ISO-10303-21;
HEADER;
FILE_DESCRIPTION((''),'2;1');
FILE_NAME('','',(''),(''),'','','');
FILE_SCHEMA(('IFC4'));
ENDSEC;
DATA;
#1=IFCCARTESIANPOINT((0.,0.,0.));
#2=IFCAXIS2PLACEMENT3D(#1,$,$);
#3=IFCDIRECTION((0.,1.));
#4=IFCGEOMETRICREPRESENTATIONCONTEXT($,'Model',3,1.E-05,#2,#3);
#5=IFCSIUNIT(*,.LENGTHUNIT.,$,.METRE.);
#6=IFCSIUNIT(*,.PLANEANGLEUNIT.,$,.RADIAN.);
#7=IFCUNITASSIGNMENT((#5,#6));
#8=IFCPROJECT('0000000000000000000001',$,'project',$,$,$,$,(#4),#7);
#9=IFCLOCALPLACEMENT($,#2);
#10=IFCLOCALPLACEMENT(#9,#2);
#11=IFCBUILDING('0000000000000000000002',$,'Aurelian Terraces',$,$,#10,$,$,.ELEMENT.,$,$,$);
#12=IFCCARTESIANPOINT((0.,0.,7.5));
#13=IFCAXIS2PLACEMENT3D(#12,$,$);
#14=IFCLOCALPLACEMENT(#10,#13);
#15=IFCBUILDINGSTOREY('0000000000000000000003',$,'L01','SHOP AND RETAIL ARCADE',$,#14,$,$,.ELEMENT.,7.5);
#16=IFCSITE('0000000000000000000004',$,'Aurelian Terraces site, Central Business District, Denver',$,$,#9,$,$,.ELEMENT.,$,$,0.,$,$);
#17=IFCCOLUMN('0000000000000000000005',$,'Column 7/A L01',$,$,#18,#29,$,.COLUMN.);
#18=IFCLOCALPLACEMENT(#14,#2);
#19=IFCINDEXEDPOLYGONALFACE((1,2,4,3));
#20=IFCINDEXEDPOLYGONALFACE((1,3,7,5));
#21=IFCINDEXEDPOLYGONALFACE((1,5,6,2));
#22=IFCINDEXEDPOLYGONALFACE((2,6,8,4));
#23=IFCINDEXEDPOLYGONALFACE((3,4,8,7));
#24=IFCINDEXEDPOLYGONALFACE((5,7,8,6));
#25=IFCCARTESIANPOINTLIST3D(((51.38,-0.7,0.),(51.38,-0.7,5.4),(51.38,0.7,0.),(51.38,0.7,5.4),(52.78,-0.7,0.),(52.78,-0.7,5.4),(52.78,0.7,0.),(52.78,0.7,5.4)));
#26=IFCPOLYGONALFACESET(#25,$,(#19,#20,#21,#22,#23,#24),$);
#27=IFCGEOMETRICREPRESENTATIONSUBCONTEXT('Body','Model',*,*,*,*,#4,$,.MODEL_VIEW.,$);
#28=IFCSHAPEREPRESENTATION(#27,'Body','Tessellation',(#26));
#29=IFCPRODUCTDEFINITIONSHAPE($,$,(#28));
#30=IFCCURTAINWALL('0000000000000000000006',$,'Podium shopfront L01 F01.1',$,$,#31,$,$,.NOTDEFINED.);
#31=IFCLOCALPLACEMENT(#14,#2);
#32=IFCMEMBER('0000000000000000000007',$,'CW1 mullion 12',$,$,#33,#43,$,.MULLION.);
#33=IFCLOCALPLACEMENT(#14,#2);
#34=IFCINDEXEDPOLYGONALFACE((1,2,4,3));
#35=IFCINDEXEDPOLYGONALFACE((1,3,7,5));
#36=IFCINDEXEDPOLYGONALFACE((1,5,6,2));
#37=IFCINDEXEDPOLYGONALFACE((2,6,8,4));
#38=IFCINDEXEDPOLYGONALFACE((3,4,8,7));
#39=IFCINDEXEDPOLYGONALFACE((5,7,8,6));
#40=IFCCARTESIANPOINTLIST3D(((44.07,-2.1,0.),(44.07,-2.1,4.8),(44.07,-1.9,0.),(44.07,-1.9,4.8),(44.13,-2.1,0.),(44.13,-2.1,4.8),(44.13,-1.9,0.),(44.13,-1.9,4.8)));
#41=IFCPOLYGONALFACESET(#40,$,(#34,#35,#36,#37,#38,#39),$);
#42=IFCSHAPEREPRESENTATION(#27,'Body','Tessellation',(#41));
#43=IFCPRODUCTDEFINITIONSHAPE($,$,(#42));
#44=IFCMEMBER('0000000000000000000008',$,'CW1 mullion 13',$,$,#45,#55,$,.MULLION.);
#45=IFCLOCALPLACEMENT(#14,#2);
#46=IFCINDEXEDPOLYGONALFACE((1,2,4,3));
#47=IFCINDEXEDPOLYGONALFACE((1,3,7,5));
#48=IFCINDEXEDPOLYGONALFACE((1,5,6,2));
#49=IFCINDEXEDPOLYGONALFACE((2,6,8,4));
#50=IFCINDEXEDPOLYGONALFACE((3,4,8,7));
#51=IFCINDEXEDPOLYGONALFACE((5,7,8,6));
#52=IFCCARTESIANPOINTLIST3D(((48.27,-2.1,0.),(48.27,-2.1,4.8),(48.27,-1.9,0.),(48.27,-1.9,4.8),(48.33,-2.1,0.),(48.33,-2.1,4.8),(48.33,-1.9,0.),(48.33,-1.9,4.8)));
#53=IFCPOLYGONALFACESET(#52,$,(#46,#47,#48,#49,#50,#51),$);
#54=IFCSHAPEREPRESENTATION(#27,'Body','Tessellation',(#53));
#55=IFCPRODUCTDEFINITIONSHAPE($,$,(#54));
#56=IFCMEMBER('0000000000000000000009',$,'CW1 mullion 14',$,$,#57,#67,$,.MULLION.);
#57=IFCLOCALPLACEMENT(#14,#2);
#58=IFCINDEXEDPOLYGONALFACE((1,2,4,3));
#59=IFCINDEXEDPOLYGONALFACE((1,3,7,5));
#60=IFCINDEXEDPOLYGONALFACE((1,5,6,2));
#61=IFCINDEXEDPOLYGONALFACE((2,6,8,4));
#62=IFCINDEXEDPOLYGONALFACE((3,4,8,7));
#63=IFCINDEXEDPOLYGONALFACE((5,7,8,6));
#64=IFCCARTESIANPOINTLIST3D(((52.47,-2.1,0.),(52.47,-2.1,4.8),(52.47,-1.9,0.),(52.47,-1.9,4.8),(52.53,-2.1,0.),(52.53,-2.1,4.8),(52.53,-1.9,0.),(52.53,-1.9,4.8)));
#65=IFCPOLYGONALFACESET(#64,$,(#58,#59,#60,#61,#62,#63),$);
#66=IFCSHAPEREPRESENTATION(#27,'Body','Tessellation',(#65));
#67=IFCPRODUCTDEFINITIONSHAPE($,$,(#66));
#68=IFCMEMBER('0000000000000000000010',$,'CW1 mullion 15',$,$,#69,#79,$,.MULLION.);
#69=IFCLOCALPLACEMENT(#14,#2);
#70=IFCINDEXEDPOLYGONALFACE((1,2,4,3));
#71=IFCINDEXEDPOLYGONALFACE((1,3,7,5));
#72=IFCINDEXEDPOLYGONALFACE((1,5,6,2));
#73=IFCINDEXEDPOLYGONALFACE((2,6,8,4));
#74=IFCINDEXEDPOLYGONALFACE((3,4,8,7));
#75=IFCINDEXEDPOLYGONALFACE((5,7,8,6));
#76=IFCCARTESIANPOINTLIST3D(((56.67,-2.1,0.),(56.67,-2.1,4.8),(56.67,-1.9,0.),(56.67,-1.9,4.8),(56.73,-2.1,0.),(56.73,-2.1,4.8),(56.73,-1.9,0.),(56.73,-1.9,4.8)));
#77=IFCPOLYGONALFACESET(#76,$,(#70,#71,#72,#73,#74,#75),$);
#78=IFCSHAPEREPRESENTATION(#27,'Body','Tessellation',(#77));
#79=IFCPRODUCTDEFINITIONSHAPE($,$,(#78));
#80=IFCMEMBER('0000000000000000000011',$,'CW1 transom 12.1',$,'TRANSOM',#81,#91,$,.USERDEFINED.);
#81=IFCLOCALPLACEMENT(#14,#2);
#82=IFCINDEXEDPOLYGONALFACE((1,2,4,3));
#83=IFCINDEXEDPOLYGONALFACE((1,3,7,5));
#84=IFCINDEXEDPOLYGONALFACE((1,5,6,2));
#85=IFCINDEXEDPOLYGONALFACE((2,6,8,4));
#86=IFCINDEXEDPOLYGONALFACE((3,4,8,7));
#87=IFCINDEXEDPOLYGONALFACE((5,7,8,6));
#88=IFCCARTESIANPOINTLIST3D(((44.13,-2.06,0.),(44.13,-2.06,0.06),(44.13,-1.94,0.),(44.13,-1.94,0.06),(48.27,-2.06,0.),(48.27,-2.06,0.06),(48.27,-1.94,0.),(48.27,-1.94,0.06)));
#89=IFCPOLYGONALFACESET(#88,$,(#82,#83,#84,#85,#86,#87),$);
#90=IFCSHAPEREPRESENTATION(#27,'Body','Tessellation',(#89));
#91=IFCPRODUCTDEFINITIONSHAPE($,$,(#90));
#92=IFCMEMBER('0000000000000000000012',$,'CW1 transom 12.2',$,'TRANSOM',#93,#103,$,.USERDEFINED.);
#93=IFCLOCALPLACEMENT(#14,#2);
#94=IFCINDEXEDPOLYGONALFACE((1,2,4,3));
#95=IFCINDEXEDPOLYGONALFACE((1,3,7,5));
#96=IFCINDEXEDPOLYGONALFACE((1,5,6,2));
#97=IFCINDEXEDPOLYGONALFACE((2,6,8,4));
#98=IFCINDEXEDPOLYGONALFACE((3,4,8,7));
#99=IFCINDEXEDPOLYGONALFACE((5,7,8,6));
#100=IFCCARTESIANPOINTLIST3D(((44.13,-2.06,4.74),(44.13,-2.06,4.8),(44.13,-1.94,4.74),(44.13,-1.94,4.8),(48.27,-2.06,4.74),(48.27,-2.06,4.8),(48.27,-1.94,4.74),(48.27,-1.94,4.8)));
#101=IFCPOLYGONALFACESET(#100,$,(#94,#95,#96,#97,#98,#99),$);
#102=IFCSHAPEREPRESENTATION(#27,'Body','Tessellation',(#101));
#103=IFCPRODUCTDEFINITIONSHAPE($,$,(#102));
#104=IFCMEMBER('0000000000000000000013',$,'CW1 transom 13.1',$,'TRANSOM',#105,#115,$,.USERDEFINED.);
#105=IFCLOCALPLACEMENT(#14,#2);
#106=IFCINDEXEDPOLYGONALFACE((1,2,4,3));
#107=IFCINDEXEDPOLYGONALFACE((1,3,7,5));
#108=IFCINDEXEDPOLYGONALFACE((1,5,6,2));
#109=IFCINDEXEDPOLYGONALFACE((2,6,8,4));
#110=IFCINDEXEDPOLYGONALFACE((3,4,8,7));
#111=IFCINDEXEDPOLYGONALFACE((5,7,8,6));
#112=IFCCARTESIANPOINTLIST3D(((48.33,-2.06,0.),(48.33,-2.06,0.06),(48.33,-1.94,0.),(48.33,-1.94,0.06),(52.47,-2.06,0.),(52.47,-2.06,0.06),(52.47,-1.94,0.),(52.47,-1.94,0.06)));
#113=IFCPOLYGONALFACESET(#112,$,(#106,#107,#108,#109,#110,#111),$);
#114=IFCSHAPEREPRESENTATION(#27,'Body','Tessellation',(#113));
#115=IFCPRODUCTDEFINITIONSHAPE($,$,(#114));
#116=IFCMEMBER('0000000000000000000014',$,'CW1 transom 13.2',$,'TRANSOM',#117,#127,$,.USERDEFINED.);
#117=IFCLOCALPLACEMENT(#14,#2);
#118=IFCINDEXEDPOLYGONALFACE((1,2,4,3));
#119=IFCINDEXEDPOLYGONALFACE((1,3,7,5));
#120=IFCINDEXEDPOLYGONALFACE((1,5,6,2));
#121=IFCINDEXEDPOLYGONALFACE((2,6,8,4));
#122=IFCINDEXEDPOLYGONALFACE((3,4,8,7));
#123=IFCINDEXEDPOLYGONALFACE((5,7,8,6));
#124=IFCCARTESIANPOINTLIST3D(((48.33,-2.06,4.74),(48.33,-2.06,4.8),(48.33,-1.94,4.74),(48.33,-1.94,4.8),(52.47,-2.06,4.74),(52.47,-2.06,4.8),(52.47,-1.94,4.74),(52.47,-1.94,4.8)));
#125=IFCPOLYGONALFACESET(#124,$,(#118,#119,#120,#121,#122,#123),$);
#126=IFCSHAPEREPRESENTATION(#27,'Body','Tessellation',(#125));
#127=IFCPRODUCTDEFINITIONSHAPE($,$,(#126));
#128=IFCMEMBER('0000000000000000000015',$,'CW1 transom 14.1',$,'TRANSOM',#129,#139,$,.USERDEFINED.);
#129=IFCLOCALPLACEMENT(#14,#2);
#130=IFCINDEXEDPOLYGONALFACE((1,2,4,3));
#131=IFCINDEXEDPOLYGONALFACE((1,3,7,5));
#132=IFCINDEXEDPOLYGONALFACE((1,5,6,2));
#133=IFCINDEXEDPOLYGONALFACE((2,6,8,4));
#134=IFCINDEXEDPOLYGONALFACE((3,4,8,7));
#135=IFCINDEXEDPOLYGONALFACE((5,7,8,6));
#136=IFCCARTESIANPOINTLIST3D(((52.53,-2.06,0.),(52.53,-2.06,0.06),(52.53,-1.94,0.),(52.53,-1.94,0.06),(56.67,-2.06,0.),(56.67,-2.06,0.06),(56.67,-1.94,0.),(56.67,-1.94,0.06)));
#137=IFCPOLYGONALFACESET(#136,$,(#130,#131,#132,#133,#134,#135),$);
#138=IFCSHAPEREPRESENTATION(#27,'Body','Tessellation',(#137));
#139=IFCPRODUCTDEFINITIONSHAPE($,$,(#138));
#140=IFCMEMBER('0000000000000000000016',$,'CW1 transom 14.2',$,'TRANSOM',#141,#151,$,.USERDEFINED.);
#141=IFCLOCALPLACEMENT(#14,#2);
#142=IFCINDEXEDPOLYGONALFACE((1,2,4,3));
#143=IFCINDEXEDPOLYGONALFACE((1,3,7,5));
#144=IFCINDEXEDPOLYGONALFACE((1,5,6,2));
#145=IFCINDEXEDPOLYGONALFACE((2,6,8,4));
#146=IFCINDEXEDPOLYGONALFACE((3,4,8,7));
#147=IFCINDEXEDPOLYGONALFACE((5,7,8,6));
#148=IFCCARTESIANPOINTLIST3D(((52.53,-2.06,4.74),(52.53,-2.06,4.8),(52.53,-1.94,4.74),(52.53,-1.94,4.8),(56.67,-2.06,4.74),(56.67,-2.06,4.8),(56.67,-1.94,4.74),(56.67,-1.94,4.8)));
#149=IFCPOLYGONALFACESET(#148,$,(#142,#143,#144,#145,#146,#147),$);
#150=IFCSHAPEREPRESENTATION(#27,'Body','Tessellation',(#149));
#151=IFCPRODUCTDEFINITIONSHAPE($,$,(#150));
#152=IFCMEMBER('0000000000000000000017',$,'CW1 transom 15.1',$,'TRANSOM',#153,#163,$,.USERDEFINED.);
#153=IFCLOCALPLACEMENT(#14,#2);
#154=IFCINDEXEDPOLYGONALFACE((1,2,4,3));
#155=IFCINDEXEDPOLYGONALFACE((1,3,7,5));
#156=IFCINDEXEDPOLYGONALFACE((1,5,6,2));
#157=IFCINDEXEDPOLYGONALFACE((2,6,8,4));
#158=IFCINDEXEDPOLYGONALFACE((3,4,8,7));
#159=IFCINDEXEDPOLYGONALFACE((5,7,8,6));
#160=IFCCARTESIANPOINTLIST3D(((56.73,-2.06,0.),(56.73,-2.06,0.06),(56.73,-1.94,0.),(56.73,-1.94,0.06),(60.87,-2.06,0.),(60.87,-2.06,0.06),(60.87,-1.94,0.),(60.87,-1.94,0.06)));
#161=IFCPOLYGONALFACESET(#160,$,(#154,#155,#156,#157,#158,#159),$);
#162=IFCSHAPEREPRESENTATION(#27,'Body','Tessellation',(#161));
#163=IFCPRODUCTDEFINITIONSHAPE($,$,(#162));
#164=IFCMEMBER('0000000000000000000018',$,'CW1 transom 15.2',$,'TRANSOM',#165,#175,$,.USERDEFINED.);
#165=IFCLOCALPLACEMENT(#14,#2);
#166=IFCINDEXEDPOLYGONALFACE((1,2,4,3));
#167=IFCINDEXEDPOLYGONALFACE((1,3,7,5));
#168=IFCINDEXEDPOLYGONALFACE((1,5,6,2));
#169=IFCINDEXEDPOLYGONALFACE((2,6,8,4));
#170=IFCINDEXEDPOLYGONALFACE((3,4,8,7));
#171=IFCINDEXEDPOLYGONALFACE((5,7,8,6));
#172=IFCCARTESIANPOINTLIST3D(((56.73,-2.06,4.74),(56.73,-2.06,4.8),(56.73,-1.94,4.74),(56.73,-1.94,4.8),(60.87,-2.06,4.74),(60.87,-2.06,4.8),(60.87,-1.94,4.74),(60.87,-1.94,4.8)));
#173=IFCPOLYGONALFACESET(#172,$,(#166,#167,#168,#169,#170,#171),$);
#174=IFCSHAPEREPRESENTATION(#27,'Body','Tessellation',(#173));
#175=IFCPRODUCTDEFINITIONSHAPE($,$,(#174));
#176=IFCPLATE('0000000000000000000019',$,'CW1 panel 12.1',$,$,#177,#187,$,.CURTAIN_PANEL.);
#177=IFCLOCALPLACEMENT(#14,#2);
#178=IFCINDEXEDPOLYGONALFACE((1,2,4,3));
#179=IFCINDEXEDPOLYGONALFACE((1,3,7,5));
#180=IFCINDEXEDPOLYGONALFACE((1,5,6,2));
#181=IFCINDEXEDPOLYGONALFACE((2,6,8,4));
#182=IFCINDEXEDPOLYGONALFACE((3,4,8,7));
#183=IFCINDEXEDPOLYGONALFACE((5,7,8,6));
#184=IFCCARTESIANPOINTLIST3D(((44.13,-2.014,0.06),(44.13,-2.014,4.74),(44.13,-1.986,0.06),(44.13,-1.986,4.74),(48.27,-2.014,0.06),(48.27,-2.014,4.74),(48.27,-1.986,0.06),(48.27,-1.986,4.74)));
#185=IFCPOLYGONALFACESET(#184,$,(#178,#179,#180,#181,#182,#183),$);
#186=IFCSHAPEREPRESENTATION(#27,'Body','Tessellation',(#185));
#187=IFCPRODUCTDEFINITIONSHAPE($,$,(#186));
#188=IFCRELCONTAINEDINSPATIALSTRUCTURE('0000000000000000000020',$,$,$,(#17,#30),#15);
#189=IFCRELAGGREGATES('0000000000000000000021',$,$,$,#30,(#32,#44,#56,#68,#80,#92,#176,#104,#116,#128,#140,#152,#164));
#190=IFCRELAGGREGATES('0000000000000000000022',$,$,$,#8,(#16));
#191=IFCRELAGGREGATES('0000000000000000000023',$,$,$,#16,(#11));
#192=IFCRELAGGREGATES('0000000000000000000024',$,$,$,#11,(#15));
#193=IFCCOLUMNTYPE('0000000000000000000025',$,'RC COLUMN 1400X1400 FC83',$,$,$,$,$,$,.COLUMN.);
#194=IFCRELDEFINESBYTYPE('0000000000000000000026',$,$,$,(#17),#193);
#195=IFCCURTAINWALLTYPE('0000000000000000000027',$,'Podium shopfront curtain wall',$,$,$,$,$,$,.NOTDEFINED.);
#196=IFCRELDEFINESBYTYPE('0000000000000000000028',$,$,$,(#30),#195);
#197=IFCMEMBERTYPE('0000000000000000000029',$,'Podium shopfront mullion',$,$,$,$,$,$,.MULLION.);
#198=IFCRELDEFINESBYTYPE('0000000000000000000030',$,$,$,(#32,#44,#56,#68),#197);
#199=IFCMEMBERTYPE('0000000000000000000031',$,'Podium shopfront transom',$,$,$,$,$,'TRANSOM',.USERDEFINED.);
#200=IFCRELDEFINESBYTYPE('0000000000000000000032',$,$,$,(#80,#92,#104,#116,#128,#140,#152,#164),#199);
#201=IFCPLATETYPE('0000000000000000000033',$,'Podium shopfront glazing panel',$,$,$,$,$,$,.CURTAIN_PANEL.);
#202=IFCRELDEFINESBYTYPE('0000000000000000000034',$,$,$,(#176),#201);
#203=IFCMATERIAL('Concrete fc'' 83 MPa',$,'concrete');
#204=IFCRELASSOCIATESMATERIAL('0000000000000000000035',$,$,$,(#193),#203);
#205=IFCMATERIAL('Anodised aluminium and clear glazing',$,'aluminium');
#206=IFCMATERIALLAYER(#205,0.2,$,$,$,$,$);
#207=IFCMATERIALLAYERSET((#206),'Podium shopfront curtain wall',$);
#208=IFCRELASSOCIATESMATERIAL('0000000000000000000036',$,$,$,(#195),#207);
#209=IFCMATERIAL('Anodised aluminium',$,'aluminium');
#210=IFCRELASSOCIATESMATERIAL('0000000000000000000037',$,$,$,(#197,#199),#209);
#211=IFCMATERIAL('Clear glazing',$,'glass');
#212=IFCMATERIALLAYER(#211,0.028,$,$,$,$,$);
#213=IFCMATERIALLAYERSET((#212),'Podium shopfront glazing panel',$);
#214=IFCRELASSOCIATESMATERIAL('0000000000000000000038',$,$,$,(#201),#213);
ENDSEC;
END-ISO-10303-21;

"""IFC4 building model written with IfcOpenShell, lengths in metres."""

from ifc_helpers import new_model, si_unit, direction, frame, origin, origin_2d, place, context, subcontext, project, spatial, rectangle, extrude, source, transform, mapped, material, layer, layer_set, material_profile, profile_set, type_object, element, aggregate, save


model = new_model("IFC4")

# Units and contexts
model_context = context("Model", 3, precision=1e-05, world=origin(), true_north=direction((0.0, 1.0)))
body_context = subcontext(model_context, "Body", "Model", "MODEL_VIEW")
ifc_project = project(units=[si_unit("LENGTHUNIT", "METRE"), si_unit("PLANEANGLEUNIT", "RADIAN")], contexts=[model_context])

# Site, building, storey
site_placement = place(None, origin())
site = spatial("IfcSite", under=ifc_project, at=site_placement, Name="Aurelian Terraces site, Central Business District, Denver", CompositionType="ELEMENT", RefElevation=0.0)
building_placement = place(site_placement, origin())
building = spatial("IfcBuilding", under=site, at=building_placement, Name="Aurelian Terraces", CompositionType="ELEMENT")
storey_placement = place(building_placement, frame((0.0, 0.0, 7.5)))
storey = spatial("IfcBuildingStorey", under=building, at=storey_placement, Name="L01", Description="SHOP AND RETAIL ARCADE", CompositionType="ELEMENT", Elevation=7.5)

# Column
ifc_material_1 = material(Name="Concrete fc' 83 MPa", Category="concrete")
ifc_material_profile_1 = material_profile(ifc_material_1, rectangle(XDim=1.4, YDim=1.4, at=origin_2d()))
ifc_profile_set_1 = profile_set([ifc_material_profile_1], Name="Concrete fc' 83 MPa")
column_type = type_object("IfcColumnType", Name="RC COLUMN 1400X1400 FC83", PredefinedType="COLUMN", material=ifc_profile_set_1)
shared_shape_1 = source(origin(), body_context, "Body", "SweptSolid", [
    extrude(rectangle(XDim=1.4, YDim=1.4, at=origin_2d()), origin(), (0.0, 0.0, 1.0), 5.4),
])
column_placement = place(storey_placement, frame((52.08, 0.0, 0.0), z_axis=(0.0, 0.0, 1.0), x_axis=(1.0, 0.0, 0.0)))
element("IfcColumn", 1, at=column_placement, inside=storey, type_object=column_type, Name="Column 7/A L01", PredefinedType="COLUMN", context=body_context, shape_type="MappedRepresentation", body=[
    mapped(shared_shape_1, transform((0.0, 0.0, 0.0), scale=1.0)),
])

# Curtain wall, members, plate
ifc_material_2 = material(Name="Anodised aluminium and clear glazing", Category="aluminium")
ifc_layer_1 = layer(ifc_material_2, 0.2)
ifc_layer_set_1 = layer_set([ifc_layer_1], Name="Podium shopfront curtain wall")
curtain_wall_type = type_object("IfcCurtainWallType", Name="Podium shopfront curtain wall", PredefinedType="NOTDEFINED", material=ifc_layer_set_1)
curtain_wall_placement = place(storey_placement, origin())
curtain_wall = element("IfcCurtainWall", 2, at=curtain_wall_placement, inside=storey, type_object=curtain_wall_type, Name="Podium shopfront L01 F01.1", PredefinedType="NOTDEFINED")
ifc_material_3 = material(Name="Anodised aluminium", Category="aluminium")
ifc_material_profile_2 = material_profile(ifc_material_3, rectangle(XDim=0.2, YDim=0.06, at=origin_2d()))
ifc_profile_set_2 = profile_set([ifc_material_profile_2], Name="Anodised aluminium")
member_type_1 = type_object("IfcMemberType", Name="Podium shopfront mullion", PredefinedType="MULLION", material=ifc_profile_set_2)
shared_shape_2 = source(origin(), body_context, "Body", "SweptSolid", [
    extrude(rectangle(XDim=0.2, YDim=0.06, at=origin_2d()), origin(), (0.0, 0.0, 1.0), 4.8),
])
member_1_placement = place(storey_placement, frame((44.1, -2.0, 0.0), z_axis=(0.0, 0.0, 1.0), x_axis=(0.0, 1.0, 0.0)))
member_1 = element("IfcMember", 3, at=member_1_placement, type_object=member_type_1, Name="CW1 mullion 12", PredefinedType="MULLION", context=body_context, shape_type="MappedRepresentation", body=[
    mapped(shared_shape_2, transform((0.0, 0.0, 0.0), scale=1.0)),
])
member_2_placement = place(storey_placement, frame((48.3, -2.0, 0.0), z_axis=(0.0, 0.0, 1.0), x_axis=(0.0, 1.0, 0.0)))
member_2 = element("IfcMember", 4, at=member_2_placement, type_object=member_type_1, Name="CW1 mullion 13", PredefinedType="MULLION", context=body_context, shape_type="MappedRepresentation", body=[
    mapped(shared_shape_2, transform((0.0, 0.0, 0.0), scale=1.0)),
])
member_3_placement = place(storey_placement, frame((52.5, -2.0, 0.0), z_axis=(0.0, 0.0, 1.0), x_axis=(0.0, 1.0, 0.0)))
member_3 = element("IfcMember", 5, at=member_3_placement, type_object=member_type_1, Name="CW1 mullion 14", PredefinedType="MULLION", context=body_context, shape_type="MappedRepresentation", body=[
    mapped(shared_shape_2, transform((0.0, 0.0, 0.0), scale=1.0)),
])
member_4_placement = place(storey_placement, frame((56.7, -2.0, 0.0), z_axis=(0.0, 0.0, 1.0), x_axis=(0.0, 1.0, 0.0)))
member_4 = element("IfcMember", 6, at=member_4_placement, type_object=member_type_1, Name="CW1 mullion 15", PredefinedType="MULLION", context=body_context, shape_type="MappedRepresentation", body=[
    mapped(shared_shape_2, transform((0.0, 0.0, 0.0), scale=1.0)),
])
ifc_material_profile_3 = material_profile(ifc_material_3, rectangle(XDim=0.12, YDim=0.06, at=origin_2d()))
ifc_profile_set_3 = profile_set([ifc_material_profile_3], Name="Anodised aluminium")
member_type_2 = type_object("IfcMemberType", Name="Podium shopfront transom", ElementType="TRANSOM", PredefinedType="USERDEFINED", material=ifc_profile_set_3)
shared_shape_3 = source(origin(), body_context, "Body", "SweptSolid", [
    extrude(rectangle(XDim=0.12, YDim=0.06, at=origin_2d()), origin(), (0.0, 0.0, 1.0), 4.14),
])
member_5_placement = place(storey_placement, frame((44.13, -2.0, 0.03), z_axis=(1.0, 0.0, 0.0), x_axis=(0.0, 1.0, 0.0)))
member_5 = element("IfcMember", 7, at=member_5_placement, type_object=member_type_2, Name="CW1 transom 12.1", ObjectType="TRANSOM", PredefinedType="USERDEFINED", context=body_context, shape_type="MappedRepresentation", body=[
    mapped(shared_shape_3, transform((0.0, 0.0, 0.0), scale=1.0)),
])
member_6_placement = place(storey_placement, frame((44.13, -2.0, 4.77), z_axis=(1.0, 0.0, 0.0), x_axis=(0.0, 1.0, 0.0)))
member_6 = element("IfcMember", 8, at=member_6_placement, type_object=member_type_2, Name="CW1 transom 12.2", ObjectType="TRANSOM", PredefinedType="USERDEFINED", context=body_context, shape_type="MappedRepresentation", body=[
    mapped(shared_shape_3, transform((0.0, 0.0, 0.0), scale=1.0)),
])
member_7_placement = place(storey_placement, frame((48.33, -2.0, 0.03), z_axis=(1.0, 0.0, 0.0), x_axis=(0.0, 1.0, 0.0)))
member_7 = element("IfcMember", 9, at=member_7_placement, type_object=member_type_2, Name="CW1 transom 13.1", ObjectType="TRANSOM", PredefinedType="USERDEFINED", context=body_context, shape_type="MappedRepresentation", body=[
    mapped(shared_shape_3, transform((0.0, 0.0, 0.0), scale=1.0)),
])
member_8_placement = place(storey_placement, frame((48.33, -2.0, 4.77), z_axis=(1.0, 0.0, 0.0), x_axis=(0.0, 1.0, 0.0)))
member_8 = element("IfcMember", 10, at=member_8_placement, type_object=member_type_2, Name="CW1 transom 13.2", ObjectType="TRANSOM", PredefinedType="USERDEFINED", context=body_context, shape_type="MappedRepresentation", body=[
    mapped(shared_shape_3, transform((0.0, 0.0, 0.0), scale=1.0)),
])
member_9_placement = place(storey_placement, frame((52.53, -2.0, 0.03), z_axis=(1.0, 0.0, 0.0), x_axis=(0.0, 1.0, 0.0)))
member_9 = element("IfcMember", 11, at=member_9_placement, type_object=member_type_2, Name="CW1 transom 14.1", ObjectType="TRANSOM", PredefinedType="USERDEFINED", context=body_context, shape_type="MappedRepresentation", body=[
    mapped(shared_shape_3, transform((0.0, 0.0, 0.0), scale=1.0)),
])
member_10_placement = place(storey_placement, frame((52.53, -2.0, 4.77), z_axis=(1.0, 0.0, 0.0), x_axis=(0.0, 1.0, 0.0)))
member_10 = element("IfcMember", 12, at=member_10_placement, type_object=member_type_2, Name="CW1 transom 14.2", ObjectType="TRANSOM", PredefinedType="USERDEFINED", context=body_context, shape_type="MappedRepresentation", body=[
    mapped(shared_shape_3, transform((0.0, 0.0, 0.0), scale=1.0)),
])
member_11_placement = place(storey_placement, frame((56.73, -2.0, 0.03), z_axis=(1.0, 0.0, 0.0), x_axis=(0.0, 1.0, 0.0)))
member_11 = element("IfcMember", 13, at=member_11_placement, type_object=member_type_2, Name="CW1 transom 15.1", ObjectType="TRANSOM", PredefinedType="USERDEFINED", context=body_context, shape_type="MappedRepresentation", body=[
    mapped(shared_shape_3, transform((0.0, 0.0, 0.0), scale=1.0)),
])
member_12_placement = place(storey_placement, frame((56.73, -2.0, 4.77), z_axis=(1.0, 0.0, 0.0), x_axis=(0.0, 1.0, 0.0)))
member_12 = element("IfcMember", 14, at=member_12_placement, type_object=member_type_2, Name="CW1 transom 15.2", ObjectType="TRANSOM", PredefinedType="USERDEFINED", context=body_context, shape_type="MappedRepresentation", body=[
    mapped(shared_shape_3, transform((0.0, 0.0, 0.0), scale=1.0)),
])
ifc_material_4 = material(Name="Clear glazing", Category="glass")
ifc_layer_2 = layer(ifc_material_4, 0.028)
ifc_layer_set_2 = layer_set([ifc_layer_2], Name="Podium shopfront glazing panel")
plate_type = type_object("IfcPlateType", Name="Podium shopfront glazing panel", PredefinedType="CURTAIN_PANEL", material=ifc_layer_set_2)
shared_shape_4 = source(origin(), body_context, "Body", "SweptSolid", [
    extrude(rectangle(XDim=4.14, YDim=0.028, at=origin_2d()), origin(), (0.0, 0.0, 1.0), 4.68),
])
plate_1_placement = place(storey_placement, frame((46.2, -2.0, 0.06), z_axis=(0.0, 0.0, 1.0), x_axis=(1.0, 0.0, 0.0)))
plate_1 = element("IfcPlate", 15, at=plate_1_placement, type_object=plate_type, Name="CW1 panel 12.1", PredefinedType="CURTAIN_PANEL", context=body_context, shape_type="MappedRepresentation", body=[
    mapped(shared_shape_4, transform((0.0, 0.0, 0.0), scale=1.0)),
])
aggregate(curtain_wall, [member_1, member_2, member_3, member_4, member_5, member_6, plate_1, member_7, member_8, member_9, member_10, member_11, member_12])

save(model, "model.ifc")
